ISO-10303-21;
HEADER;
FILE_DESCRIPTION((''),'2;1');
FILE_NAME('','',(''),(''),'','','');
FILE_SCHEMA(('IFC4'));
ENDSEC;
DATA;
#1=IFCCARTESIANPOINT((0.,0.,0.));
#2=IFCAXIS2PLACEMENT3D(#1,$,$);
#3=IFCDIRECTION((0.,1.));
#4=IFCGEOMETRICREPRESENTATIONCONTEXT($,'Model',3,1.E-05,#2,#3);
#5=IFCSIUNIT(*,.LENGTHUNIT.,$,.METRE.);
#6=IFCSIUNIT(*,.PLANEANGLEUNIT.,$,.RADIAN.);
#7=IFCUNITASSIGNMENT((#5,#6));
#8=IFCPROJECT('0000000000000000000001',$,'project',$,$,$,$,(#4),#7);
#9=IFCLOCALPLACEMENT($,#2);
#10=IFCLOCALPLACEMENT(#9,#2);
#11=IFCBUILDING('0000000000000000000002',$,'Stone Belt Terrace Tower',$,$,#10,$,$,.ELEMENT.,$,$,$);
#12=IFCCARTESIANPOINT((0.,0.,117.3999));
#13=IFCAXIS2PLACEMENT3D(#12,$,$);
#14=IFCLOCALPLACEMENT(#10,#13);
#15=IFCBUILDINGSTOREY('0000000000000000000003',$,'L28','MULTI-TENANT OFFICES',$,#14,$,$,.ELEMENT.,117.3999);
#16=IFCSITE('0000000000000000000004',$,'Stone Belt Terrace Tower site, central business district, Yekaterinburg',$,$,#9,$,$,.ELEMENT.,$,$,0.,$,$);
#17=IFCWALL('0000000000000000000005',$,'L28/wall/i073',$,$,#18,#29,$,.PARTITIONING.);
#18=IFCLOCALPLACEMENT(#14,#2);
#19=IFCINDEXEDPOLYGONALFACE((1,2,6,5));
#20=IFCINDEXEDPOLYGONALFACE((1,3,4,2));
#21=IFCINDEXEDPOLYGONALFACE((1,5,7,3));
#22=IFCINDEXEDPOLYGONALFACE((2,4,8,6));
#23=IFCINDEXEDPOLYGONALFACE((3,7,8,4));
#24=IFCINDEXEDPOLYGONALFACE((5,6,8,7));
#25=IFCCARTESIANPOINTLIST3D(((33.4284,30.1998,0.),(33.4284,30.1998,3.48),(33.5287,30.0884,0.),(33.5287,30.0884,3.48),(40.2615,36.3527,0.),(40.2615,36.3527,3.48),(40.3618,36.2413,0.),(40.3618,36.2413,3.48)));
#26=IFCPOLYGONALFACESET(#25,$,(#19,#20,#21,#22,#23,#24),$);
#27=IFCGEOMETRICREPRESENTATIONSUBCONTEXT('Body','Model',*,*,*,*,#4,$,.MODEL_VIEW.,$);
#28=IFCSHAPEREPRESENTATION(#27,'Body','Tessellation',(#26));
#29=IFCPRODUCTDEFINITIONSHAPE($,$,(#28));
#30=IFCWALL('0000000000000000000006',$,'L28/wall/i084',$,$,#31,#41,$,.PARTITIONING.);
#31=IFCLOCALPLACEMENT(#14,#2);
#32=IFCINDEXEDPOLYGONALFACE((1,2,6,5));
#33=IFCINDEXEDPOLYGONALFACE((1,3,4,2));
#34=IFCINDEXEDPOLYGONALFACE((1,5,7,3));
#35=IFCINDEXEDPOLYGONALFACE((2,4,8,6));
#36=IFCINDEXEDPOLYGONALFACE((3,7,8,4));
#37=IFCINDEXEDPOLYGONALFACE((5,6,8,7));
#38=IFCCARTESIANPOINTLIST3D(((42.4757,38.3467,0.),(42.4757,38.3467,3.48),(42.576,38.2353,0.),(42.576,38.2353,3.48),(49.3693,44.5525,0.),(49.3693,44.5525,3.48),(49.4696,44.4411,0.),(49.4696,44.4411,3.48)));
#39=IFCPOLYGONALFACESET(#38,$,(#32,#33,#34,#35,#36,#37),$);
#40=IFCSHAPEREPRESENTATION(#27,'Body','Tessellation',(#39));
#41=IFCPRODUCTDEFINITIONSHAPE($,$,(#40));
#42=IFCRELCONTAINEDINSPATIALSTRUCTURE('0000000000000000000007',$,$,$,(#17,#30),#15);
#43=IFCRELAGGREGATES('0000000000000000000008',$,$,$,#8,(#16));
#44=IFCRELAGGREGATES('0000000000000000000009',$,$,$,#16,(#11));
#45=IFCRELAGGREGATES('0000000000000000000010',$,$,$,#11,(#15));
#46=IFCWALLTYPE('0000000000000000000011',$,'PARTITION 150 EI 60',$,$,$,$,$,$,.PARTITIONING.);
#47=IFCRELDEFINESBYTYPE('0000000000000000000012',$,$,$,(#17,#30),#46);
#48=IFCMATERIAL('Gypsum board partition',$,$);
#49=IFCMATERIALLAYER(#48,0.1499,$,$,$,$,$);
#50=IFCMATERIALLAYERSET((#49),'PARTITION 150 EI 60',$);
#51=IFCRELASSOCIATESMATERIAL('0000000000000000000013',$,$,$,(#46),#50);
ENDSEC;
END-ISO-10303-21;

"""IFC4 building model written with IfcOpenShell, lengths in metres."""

from ifc_helpers import new_model, si_unit, direction, frame, frame_2d, origin, place, context, subcontext, project, spatial, rectangle, extrude, material, layer, layer_set, type_object, element, save


model = new_model("IFC4")

# Units and contexts
model_context = context("Model", 3, precision=1e-05, world=origin(), true_north=direction((0.0, 1.0)))
body_context = subcontext(model_context, "Body", "Model", "MODEL_VIEW")
ifc_project = project(units=[si_unit("LENGTHUNIT", "METRE"), si_unit("PLANEANGLEUNIT", "RADIAN")], contexts=[model_context])

# Site, building, storey
site_placement = place(None, origin())
site = spatial("IfcSite", under=ifc_project, at=site_placement, Name="Stone Belt Terrace Tower site, central business district, Yekaterinburg", CompositionType="ELEMENT", RefElevation=0.0)
building_placement = place(site_placement, origin())
building = spatial("IfcBuilding", under=site, at=building_placement, Name="Stone Belt Terrace Tower", CompositionType="ELEMENT")
storey_placement = place(building_placement, frame((0.0, 0.0, 117.3999)))
storey = spatial("IfcBuildingStorey", under=building, at=storey_placement, Name="L28", Description="MULTI-TENANT OFFICES", CompositionType="ELEMENT", Elevation=117.3999)

# Shared definitions
ifc_material_1 = material(Name="Gypsum board partition")

# Shared definitions
ifc_layer_1 = layer(ifc_material_1, 0.1499)
ifc_layer_set_1 = layer_set([ifc_layer_1], Name="PARTITION 150 EI 60")
wall_type_1 = type_object("IfcWallType", Name="PARTITION 150 EI 60", PredefinedType="PARTITIONING", material=ifc_layer_set_1)

# Walls
wall_1_placement = place(storey_placement, frame((40.3118, 36.2971, 0.0), z_axis=(0.0, 0.0, 1.0), x_axis=(-0.743125, -0.669152, 0.0)))
element("IfcWall", 1, at=wall_1_placement, inside=storey, type_object=wall_type_1, Name="L28/wall/i073", PredefinedType="PARTITIONING", context=body_context, shape_type="SweptSolid", body=[
    extrude(rectangle(XDim=9.1951, YDim=0.1499, at=frame_2d((4.5977, 0.0))), origin(), (0.0, 0.0, 1.0), 3.48),
])
wall_2_placement = place(storey_placement, frame((49.4194, 44.4968, 0.0), z_axis=(0.0, 0.0, 1.0), x_axis=(-0.743208, -0.669061, 0.0)))
element("IfcWall", 2, at=wall_2_placement, inside=storey, type_object=wall_type_1, Name="L28/wall/i084", PredefinedType="PARTITIONING", context=body_context, shape_type="SweptSolid", body=[
    extrude(rectangle(XDim=9.2754, YDim=0.1499, at=frame_2d((4.6377, 0.0))), origin(), (0.0, 0.0, 1.0), 3.48),
])

save(model, "model.ifc")
